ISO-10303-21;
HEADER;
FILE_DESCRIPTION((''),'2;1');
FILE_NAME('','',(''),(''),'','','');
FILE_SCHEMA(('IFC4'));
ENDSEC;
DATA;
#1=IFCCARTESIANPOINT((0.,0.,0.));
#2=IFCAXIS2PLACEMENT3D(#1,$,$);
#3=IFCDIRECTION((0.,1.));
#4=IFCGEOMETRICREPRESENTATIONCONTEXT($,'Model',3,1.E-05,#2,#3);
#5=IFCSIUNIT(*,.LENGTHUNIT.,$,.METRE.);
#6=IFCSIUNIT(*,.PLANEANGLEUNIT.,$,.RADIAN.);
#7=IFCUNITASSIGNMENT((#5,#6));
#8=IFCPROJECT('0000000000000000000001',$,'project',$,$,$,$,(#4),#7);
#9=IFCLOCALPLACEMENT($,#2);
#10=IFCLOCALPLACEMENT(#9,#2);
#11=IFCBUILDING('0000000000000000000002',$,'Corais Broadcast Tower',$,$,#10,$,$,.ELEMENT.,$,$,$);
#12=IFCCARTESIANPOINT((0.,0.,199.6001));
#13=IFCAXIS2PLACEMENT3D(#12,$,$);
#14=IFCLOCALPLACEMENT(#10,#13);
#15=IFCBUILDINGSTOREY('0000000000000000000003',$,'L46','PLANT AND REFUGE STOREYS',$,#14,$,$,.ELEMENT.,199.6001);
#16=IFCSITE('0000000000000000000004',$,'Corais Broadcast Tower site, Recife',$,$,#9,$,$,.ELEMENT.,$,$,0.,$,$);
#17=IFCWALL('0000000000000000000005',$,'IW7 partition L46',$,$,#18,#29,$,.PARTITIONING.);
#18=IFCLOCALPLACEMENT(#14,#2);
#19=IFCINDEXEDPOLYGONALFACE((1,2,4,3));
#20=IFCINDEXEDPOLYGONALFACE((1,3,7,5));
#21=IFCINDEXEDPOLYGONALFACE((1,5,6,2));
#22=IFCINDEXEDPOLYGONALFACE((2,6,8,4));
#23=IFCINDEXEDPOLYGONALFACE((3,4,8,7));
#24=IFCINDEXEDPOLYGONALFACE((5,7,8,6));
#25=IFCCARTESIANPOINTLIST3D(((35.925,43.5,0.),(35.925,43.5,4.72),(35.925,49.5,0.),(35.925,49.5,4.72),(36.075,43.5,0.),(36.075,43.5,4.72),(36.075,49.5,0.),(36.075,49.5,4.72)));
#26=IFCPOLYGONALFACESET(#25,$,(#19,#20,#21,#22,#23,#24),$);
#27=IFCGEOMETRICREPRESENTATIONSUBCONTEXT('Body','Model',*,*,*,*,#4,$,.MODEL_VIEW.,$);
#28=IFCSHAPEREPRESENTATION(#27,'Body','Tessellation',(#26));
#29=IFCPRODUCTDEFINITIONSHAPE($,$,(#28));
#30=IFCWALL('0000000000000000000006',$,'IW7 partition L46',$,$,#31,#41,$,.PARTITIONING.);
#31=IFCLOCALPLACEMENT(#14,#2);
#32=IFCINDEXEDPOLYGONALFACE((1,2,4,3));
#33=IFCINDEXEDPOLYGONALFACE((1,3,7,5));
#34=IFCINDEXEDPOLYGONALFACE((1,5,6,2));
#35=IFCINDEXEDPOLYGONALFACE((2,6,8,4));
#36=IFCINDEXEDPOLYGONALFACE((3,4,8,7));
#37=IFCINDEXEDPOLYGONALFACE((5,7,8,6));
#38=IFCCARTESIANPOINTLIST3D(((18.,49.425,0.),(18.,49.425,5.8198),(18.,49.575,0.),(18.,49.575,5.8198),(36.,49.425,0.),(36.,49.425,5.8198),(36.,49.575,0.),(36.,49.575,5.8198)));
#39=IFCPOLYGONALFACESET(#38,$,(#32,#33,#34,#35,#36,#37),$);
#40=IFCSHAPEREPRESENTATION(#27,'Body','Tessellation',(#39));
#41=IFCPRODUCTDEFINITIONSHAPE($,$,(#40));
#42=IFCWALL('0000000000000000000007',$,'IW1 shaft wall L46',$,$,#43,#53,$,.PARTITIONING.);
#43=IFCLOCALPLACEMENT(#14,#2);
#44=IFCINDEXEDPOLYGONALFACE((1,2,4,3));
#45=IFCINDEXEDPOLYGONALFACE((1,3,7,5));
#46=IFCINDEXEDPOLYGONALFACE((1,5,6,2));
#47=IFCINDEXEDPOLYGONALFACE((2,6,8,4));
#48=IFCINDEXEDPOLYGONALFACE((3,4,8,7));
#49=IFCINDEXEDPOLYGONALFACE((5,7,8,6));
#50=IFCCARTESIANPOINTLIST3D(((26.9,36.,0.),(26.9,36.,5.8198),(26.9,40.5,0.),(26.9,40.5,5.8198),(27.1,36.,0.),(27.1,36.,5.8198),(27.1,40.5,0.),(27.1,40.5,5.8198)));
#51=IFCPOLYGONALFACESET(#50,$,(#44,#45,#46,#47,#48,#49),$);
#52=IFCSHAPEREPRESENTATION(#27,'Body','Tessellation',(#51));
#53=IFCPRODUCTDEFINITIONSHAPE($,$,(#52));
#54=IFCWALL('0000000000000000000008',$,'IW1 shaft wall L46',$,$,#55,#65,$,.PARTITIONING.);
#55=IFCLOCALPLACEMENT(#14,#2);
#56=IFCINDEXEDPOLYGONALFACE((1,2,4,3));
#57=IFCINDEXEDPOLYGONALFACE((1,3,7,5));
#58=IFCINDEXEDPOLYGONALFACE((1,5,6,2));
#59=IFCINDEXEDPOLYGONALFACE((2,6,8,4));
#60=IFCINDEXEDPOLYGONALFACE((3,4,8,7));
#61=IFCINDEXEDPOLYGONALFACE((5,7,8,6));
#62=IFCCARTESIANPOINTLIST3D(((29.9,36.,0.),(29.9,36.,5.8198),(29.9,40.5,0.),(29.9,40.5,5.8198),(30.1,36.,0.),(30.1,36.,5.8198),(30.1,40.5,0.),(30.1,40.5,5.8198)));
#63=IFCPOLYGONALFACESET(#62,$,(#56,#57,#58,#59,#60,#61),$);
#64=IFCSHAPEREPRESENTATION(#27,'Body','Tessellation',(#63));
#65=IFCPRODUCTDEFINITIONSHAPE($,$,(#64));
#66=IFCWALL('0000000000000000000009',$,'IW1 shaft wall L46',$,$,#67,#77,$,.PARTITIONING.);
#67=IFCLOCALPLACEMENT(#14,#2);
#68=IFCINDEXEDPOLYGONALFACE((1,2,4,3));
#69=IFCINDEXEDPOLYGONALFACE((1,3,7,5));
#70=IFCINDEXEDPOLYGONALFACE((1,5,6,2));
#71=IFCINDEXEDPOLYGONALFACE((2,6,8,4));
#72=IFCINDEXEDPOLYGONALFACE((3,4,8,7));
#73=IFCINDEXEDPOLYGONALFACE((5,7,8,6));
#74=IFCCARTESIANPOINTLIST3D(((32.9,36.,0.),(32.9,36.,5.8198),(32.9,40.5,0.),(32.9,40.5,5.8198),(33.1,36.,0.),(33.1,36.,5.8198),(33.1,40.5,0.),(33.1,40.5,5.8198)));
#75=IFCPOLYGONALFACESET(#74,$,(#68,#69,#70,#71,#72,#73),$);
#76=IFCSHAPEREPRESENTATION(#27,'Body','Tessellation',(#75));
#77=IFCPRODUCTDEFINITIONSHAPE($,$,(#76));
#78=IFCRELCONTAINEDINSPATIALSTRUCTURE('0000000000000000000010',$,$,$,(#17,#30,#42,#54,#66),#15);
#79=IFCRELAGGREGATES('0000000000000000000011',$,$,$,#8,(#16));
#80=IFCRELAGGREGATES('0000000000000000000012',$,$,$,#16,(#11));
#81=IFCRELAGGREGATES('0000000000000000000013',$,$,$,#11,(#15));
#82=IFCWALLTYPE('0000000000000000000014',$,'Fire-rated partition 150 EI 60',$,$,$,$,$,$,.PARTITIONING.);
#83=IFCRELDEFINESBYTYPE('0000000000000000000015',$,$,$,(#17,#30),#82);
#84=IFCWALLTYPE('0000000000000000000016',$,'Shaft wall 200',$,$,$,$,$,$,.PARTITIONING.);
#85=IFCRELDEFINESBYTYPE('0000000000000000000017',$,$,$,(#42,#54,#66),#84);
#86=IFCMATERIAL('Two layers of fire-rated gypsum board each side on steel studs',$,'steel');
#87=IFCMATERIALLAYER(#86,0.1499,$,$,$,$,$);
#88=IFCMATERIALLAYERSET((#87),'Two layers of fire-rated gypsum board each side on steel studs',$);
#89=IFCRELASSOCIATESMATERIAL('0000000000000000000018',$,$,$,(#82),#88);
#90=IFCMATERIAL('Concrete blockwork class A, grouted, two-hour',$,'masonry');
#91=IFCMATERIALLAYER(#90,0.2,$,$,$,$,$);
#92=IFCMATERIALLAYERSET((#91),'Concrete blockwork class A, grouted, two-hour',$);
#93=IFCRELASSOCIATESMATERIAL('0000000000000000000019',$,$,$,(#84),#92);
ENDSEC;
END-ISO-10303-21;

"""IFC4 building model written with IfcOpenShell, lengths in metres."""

from ifc_helpers import new_model, si_unit, direction, frame, frame_2d, origin, place, context, subcontext, project, spatial, rectangle, extrude, material, layer, layer_set, type_object, element, save


model = new_model("IFC4")

# Units and contexts
model_context = context("Model", 3, precision=1e-05, world=origin(), true_north=direction((0.0, 1.0)))
body_context = subcontext(model_context, "Body", "Model", "MODEL_VIEW")
ifc_project = project(units=[si_unit("LENGTHUNIT", "METRE"), si_unit("PLANEANGLEUNIT", "RADIAN")], contexts=[model_context])

# Site, building, storey
site_placement = place(None, origin())
site = spatial("IfcSite", under=ifc_project, at=site_placement, Name="Corais Broadcast Tower site, Recife", CompositionType="ELEMENT", RefElevation=0.0)
building_placement = place(site_placement, origin())
building = spatial("IfcBuilding", under=site, at=building_placement, Name="Corais Broadcast Tower", CompositionType="ELEMENT")
storey_placement = place(building_placement, frame((0.0, 0.0, 199.6001)))
storey = spatial("IfcBuildingStorey", under=building, at=storey_placement, Name="L46", Description="PLANT AND REFUGE STOREYS", CompositionType="ELEMENT", Elevation=199.6001)

# Walls
ifc_material_1 = material(Name="Two layers of fire-rated gypsum board each side on steel studs", Category="steel")
ifc_layer_1 = layer(ifc_material_1, 0.1499)
ifc_layer_set_1 = layer_set([ifc_layer_1], Name="Two layers of fire-rated gypsum board each side on steel studs")
wall_type_1 = type_object("IfcWallType", Name="Fire-rated partition 150 EI 60", PredefinedType="PARTITIONING", material=ifc_layer_set_1)
wall_1_placement = place(storey_placement, frame((36.0, 43.5, 0.0), z_axis=(0.0, 0.0, 1.0), x_axis=(0.0, 1.0, 0.0)))
element("IfcWall", 1, at=wall_1_placement, inside=storey, type_object=wall_type_1, Name="IW7 partition L46", PredefinedType="PARTITIONING", context=body_context, shape_type="SweptSolid", body=[
    extrude(rectangle(XDim=6.0, YDim=0.1499, at=frame_2d((3.0, 0.0))), origin(), (0.0, 0.0, 1.0), 4.72),
])
wall_2_placement = place(storey_placement, frame((36.0, 49.5, 0.0), z_axis=(0.0, 0.0, 1.0), x_axis=(-1.0, 0.0, 0.0)))
element("IfcWall", 2, at=wall_2_placement, inside=storey, type_object=wall_type_1, Name="IW7 partition L46", PredefinedType="PARTITIONING", context=body_context, shape_type="SweptSolid", body=[
    extrude(rectangle(XDim=18.0, YDim=0.1499, at=frame_2d((9.0, 0.0))), origin(), (0.0, 0.0, 1.0), 5.8198),
])
ifc_material_2 = material(Name="Concrete blockwork class A, grouted, two-hour", Category="masonry")
ifc_layer_2 = layer(ifc_material_2, 0.2)
ifc_layer_set_2 = layer_set([ifc_layer_2], Name="Concrete blockwork class A, grouted, two-hour")
wall_type_2 = type_object("IfcWallType", Name="Shaft wall 200", PredefinedType="PARTITIONING", material=ifc_layer_set_2)
for number, where, z_axis, x_axis, name in (
    (3, (27.0, 36.0, 0.0), (0.0, 0.0, 1.0), (0.0, 1.0, 0.0), "IW1 shaft wall L46"),
    (4, (30.0, 36.0, 0.0), (0.0, 0.0, 1.0), (0.0, 1.0, 0.0), "IW1 shaft wall L46"),
    (5, (33.0, 36.0, 0.0), (0.0, 0.0, 1.0), (0.0, 1.0, 0.0), "IW1 shaft wall L46"),
):
    element("IfcWall", number, at=place(storey_placement, frame(where, z_axis=z_axis, x_axis=x_axis)), inside=storey, type_object=wall_type_2, Name=name, PredefinedType="PARTITIONING", context=body_context, shape_type="SweptSolid", body=[
        extrude(rectangle(XDim=4.5, YDim=0.2, at=frame_2d((2.25, 0.0))), origin(), (0.0, 0.0, 1.0), 5.8198),
    ])

save(model, "model.ifc")
